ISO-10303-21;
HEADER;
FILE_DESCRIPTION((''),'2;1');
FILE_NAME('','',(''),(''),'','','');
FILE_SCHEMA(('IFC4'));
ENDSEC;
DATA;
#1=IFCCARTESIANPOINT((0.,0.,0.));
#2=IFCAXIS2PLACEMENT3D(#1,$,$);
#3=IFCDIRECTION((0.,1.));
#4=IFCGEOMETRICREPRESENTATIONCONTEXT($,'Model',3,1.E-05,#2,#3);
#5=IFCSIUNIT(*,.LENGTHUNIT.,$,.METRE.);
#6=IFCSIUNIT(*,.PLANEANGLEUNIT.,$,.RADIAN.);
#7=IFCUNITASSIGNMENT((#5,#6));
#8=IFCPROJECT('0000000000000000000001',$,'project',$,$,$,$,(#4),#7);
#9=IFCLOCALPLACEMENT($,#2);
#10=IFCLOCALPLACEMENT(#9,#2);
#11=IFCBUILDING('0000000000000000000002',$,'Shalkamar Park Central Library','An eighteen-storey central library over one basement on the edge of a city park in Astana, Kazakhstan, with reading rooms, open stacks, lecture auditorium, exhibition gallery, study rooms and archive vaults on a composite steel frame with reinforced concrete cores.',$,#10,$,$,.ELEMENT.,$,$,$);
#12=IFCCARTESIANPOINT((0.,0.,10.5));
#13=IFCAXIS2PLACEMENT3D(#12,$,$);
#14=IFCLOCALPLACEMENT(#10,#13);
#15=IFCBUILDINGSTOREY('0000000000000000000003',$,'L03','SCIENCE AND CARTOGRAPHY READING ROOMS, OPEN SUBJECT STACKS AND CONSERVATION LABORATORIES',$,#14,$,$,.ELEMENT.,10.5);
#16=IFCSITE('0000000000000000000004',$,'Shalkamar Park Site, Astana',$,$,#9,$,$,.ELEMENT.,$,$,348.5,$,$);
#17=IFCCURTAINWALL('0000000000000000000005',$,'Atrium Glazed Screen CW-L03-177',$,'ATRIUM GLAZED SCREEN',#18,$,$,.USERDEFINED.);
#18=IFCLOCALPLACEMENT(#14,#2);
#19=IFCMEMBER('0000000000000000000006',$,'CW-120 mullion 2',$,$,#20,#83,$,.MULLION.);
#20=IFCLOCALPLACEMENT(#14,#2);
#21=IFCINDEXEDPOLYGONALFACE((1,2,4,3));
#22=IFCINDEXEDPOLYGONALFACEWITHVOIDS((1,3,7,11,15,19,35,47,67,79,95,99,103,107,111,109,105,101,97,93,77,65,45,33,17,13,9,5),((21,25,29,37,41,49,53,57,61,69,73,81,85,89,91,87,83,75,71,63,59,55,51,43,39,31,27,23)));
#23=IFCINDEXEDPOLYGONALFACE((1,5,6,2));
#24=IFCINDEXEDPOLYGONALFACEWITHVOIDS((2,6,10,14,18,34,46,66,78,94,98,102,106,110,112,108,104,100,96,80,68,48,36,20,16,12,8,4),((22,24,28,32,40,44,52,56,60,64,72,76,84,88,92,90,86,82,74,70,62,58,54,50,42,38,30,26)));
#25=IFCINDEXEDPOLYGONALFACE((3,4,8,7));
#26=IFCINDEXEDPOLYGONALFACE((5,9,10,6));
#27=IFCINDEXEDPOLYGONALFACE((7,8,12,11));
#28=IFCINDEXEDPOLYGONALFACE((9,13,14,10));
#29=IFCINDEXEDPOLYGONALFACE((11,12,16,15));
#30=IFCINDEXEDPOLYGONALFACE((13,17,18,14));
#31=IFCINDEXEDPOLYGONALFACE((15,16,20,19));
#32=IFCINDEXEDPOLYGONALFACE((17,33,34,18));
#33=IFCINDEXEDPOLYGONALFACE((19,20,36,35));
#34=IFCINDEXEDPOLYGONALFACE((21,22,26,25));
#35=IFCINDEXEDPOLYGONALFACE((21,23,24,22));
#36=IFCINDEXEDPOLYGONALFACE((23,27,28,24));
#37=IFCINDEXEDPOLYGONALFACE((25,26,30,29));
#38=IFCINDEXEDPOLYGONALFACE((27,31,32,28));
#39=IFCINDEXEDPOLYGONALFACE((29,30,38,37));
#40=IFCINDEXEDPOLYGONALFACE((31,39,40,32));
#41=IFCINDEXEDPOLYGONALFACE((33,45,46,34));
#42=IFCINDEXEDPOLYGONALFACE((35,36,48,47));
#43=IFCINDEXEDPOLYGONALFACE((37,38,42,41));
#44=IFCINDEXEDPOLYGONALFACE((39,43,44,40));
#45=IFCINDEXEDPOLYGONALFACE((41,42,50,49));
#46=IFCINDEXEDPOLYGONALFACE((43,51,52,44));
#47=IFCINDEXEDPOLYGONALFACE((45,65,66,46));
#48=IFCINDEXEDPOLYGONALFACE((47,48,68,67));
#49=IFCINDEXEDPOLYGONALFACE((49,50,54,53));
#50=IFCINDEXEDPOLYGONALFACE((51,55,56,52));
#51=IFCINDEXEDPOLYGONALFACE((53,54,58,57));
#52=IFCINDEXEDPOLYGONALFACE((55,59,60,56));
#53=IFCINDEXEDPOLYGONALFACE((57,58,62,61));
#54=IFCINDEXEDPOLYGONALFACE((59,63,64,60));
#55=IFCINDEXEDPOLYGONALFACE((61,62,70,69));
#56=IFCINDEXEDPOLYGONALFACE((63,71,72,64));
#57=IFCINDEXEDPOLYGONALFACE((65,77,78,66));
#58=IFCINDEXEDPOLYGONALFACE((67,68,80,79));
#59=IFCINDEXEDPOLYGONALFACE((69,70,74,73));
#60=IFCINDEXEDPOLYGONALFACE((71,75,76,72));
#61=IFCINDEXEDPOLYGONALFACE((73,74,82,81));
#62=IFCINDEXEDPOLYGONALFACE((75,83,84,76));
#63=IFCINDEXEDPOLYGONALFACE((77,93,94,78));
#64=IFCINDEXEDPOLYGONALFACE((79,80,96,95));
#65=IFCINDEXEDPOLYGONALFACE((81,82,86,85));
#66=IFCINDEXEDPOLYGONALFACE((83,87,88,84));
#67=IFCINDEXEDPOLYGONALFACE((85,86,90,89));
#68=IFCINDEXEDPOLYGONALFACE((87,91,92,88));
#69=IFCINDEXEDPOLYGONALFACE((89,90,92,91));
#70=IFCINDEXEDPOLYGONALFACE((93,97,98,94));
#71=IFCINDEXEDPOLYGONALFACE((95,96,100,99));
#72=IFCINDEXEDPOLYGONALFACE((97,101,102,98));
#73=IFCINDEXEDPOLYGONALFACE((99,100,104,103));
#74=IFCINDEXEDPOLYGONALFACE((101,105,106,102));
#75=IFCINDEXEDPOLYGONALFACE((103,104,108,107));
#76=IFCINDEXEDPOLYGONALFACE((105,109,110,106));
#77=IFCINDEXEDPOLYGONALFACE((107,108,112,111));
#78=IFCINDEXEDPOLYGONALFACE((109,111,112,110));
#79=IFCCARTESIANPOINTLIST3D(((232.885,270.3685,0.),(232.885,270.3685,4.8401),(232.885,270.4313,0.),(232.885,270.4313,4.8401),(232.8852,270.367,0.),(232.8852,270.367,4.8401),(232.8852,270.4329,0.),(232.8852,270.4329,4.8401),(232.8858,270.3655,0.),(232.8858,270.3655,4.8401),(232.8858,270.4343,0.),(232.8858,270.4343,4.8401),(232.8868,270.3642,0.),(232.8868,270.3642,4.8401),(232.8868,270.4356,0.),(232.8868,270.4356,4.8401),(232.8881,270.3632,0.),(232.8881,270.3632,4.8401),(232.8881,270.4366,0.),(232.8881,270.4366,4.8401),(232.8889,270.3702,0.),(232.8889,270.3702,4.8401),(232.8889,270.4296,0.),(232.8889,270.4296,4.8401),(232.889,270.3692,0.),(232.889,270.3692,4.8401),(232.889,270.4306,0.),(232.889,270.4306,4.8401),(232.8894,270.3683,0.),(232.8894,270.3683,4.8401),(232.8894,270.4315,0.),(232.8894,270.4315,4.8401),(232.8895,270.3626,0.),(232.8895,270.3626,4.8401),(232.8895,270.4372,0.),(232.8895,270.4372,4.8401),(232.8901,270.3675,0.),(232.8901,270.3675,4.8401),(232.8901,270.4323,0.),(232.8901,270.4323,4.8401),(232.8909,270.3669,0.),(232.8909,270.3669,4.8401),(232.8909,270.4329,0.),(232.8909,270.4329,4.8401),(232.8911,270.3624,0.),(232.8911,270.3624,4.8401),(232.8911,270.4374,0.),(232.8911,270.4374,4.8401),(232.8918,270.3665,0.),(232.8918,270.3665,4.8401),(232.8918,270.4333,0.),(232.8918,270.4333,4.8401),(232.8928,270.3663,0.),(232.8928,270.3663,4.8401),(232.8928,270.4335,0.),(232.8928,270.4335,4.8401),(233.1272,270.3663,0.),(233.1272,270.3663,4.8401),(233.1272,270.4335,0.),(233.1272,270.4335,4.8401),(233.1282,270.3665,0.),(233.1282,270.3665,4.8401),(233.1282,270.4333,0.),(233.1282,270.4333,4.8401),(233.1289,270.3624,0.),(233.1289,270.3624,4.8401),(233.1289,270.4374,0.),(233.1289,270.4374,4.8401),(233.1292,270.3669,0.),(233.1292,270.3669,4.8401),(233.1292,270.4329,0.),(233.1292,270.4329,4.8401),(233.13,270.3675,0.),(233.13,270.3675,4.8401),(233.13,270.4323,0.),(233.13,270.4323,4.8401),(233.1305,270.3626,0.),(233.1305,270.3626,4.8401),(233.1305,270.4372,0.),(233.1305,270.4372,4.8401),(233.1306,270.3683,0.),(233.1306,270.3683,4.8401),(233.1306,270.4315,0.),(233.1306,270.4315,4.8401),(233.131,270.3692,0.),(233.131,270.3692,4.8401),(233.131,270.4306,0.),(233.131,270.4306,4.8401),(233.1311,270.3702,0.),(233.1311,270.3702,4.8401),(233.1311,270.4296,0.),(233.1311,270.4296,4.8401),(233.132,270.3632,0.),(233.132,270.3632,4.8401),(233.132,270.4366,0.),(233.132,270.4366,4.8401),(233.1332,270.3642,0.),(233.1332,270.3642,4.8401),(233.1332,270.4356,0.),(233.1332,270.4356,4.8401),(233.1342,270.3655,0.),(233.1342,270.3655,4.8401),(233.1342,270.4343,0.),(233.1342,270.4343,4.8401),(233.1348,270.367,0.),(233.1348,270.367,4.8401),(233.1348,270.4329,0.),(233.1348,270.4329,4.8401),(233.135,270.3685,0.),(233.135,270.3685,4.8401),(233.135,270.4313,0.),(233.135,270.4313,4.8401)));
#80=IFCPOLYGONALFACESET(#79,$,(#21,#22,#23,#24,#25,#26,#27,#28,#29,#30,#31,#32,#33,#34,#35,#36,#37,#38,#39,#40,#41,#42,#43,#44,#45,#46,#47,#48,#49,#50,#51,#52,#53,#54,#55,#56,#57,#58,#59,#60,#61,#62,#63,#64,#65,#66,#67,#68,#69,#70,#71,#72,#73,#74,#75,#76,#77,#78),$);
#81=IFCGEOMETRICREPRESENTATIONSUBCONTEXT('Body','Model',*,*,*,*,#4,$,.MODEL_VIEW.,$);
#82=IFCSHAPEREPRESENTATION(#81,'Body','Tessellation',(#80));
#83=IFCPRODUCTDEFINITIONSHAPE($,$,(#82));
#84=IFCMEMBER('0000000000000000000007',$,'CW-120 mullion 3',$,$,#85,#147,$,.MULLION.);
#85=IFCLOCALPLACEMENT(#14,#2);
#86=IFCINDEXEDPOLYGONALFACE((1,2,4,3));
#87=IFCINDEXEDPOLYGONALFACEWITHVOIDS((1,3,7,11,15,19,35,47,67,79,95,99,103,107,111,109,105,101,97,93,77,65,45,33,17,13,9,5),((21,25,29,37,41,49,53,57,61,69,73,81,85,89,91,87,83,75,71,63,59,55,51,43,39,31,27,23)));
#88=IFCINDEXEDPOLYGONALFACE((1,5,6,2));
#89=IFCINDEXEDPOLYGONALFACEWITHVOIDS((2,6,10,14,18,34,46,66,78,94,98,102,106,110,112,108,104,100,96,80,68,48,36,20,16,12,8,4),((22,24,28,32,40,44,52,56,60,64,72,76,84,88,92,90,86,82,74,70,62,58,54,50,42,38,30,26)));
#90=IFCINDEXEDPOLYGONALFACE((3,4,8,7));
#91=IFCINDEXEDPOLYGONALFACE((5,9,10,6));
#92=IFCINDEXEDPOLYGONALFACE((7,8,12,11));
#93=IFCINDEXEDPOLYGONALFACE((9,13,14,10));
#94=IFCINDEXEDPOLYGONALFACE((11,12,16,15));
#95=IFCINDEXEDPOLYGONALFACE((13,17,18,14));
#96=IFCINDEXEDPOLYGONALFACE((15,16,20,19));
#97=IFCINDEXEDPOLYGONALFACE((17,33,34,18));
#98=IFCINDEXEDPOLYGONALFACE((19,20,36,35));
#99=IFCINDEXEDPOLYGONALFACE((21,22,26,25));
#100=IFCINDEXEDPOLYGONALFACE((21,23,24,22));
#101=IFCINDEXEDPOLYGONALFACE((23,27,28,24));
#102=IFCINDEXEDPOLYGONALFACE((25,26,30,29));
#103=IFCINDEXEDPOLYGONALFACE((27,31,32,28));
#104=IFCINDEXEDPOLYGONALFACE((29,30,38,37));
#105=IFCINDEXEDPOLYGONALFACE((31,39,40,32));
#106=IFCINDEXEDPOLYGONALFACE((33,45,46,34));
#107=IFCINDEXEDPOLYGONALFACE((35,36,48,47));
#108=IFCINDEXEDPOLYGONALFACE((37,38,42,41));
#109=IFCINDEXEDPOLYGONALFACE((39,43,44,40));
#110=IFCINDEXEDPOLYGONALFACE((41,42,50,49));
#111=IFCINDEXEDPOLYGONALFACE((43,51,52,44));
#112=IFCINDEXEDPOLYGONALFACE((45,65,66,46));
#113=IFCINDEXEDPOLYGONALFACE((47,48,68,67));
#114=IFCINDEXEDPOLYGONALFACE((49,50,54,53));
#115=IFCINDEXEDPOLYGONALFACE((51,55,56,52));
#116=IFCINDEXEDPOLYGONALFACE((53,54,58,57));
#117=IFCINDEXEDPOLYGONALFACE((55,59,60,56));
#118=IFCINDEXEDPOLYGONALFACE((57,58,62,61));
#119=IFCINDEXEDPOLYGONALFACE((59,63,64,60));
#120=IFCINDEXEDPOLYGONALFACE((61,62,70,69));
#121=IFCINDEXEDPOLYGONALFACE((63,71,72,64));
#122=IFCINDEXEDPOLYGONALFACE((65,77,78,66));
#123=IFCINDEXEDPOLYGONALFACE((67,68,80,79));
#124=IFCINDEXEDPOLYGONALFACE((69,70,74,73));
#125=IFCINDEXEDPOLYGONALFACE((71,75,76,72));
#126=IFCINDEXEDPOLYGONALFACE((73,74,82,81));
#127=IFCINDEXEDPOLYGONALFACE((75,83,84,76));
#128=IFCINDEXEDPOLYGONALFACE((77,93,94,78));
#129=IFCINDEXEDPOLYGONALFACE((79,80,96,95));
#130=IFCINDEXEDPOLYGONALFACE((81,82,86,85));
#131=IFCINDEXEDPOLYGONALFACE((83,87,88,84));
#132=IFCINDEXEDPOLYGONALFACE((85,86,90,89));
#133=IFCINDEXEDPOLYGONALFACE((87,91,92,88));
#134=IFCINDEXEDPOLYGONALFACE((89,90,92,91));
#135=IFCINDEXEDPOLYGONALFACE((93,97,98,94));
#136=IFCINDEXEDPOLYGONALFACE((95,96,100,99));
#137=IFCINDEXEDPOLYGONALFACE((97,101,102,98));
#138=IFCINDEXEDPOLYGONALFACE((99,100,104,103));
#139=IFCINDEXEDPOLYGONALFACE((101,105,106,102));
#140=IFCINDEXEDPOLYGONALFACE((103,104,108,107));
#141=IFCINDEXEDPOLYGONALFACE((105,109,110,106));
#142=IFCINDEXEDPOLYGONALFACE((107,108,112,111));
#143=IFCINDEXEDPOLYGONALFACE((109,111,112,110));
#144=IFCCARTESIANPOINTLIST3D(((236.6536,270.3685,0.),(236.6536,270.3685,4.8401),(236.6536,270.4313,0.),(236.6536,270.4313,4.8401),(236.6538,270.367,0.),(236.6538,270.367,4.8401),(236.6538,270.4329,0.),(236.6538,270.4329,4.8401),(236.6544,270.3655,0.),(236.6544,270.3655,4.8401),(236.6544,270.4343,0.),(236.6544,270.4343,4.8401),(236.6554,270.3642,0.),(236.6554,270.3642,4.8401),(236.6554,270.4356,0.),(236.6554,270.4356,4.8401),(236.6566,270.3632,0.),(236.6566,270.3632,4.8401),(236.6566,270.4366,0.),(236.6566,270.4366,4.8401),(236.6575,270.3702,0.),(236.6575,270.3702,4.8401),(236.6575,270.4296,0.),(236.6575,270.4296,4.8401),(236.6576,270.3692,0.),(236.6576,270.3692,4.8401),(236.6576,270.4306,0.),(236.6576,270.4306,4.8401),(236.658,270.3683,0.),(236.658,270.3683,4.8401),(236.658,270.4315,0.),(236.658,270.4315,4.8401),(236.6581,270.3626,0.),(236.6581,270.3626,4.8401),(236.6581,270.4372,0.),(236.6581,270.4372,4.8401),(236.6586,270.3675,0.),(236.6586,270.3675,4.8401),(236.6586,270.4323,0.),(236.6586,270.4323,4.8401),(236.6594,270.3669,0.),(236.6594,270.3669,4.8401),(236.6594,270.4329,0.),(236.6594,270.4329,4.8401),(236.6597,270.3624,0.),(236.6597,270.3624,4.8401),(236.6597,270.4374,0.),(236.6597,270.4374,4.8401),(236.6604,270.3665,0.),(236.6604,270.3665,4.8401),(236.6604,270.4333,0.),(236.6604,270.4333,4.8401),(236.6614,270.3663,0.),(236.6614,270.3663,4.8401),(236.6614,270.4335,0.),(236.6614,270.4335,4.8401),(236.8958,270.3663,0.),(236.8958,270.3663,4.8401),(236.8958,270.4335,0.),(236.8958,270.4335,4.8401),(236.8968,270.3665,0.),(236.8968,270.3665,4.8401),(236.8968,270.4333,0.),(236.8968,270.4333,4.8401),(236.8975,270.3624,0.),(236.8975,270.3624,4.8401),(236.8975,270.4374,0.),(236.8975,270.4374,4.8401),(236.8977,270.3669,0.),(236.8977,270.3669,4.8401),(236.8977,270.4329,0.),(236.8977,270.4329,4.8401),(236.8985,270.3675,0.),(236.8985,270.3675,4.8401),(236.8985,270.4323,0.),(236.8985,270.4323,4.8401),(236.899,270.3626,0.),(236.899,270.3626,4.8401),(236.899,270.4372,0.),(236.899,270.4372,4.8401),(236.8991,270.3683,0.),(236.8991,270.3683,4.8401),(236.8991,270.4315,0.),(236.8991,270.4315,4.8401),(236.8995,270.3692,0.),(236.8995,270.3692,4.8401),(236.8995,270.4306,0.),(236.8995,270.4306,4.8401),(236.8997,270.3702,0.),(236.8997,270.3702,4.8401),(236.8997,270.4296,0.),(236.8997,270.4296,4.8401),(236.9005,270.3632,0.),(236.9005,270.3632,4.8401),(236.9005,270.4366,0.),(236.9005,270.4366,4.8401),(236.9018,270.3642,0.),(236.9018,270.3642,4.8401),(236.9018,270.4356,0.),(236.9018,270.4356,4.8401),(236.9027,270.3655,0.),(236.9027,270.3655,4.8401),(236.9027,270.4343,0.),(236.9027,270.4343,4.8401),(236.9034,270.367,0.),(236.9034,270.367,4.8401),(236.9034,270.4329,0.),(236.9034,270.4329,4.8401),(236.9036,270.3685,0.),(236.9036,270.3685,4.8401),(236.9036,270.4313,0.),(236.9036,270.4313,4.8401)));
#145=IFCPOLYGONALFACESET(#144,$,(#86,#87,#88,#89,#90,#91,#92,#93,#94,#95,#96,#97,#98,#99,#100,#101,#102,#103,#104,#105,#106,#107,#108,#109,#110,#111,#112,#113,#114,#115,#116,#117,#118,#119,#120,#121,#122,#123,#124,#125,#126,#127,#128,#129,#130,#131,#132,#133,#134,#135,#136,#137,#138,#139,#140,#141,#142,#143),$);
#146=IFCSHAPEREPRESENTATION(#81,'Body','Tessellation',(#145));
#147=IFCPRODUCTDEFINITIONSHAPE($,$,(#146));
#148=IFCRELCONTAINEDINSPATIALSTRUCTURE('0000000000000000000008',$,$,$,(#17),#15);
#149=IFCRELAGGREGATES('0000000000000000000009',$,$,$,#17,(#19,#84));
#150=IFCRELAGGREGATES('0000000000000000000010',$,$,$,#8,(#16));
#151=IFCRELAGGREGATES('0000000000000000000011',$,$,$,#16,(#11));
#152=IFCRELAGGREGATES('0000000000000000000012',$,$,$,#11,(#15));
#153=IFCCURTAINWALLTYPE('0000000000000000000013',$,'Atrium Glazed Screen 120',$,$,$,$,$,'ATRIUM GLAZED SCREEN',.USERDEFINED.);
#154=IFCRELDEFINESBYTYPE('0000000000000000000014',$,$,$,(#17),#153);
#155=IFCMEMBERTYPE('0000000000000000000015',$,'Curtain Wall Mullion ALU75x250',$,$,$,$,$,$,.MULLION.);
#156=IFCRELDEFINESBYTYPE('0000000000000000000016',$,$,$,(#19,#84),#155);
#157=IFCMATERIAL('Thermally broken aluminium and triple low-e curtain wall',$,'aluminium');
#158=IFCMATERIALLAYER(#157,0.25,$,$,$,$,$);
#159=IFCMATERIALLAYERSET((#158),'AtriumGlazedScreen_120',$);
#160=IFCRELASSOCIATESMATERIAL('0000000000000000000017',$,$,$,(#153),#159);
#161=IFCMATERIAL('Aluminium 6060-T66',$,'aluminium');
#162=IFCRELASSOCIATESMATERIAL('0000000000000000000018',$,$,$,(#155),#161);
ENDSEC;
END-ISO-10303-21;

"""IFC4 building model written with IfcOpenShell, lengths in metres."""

from ifc_helpers import new_model, si_unit, direction, frame, origin, origin_2d, place, context, subcontext, project, spatial, hollow_rectangle, extrude, material, layer, layer_set, material_profile, profile_set, type_object, element, aggregate, save


model = new_model("IFC4")

# Units and contexts
model_context = context("Model", 3, precision=1e-05, world=origin(), true_north=direction((0.0, 1.0)))
body_context = subcontext(model_context, "Body", "Model", "MODEL_VIEW")
ifc_project = project(units=[si_unit("LENGTHUNIT", "METRE"), si_unit("PLANEANGLEUNIT", "RADIAN")], contexts=[model_context])

# Site, building, storey
site_placement = place(None, origin())
site = spatial("IfcSite", under=ifc_project, at=site_placement, Name="Shalkamar Park Site, Astana", CompositionType="ELEMENT", RefElevation=348.5)
building_placement = place(site_placement, origin())
building = spatial("IfcBuilding", under=site, at=building_placement, Name="Shalkamar Park Central Library", Description="An eighteen-storey central library over one basement on the edge of a city park in Astana, Kazakhstan, with reading rooms, open stacks, lecture auditorium, exhibition gallery, study rooms and archive vaults on a composite steel frame with reinforced concrete cores.", CompositionType="ELEMENT")
storey_placement = place(building_placement, frame((0.0, 0.0, 10.5)))
storey = spatial("IfcBuildingStorey", under=building, at=storey_placement, Name="L03", Description="SCIENCE AND CARTOGRAPHY READING ROOMS, OPEN SUBJECT STACKS AND CONSERVATION LABORATORIES", CompositionType="ELEMENT", Elevation=10.5)

# Curtain wall, members
ifc_material_1 = material(Name="Thermally broken aluminium and triple low-e curtain wall", Category="aluminium")
ifc_layer_1 = layer(ifc_material_1, 0.25)
ifc_layer_set_1 = layer_set([ifc_layer_1], Name="AtriumGlazedScreen_120")
curtain_wall_type_1 = type_object("IfcCurtainWallType", Name="Atrium Glazed Screen 120", ElementType="ATRIUM GLAZED SCREEN", PredefinedType="USERDEFINED", material=ifc_layer_set_1)
curtain_wall_1_placement = place(storey_placement, origin())
curtain_wall_1 = element("IfcCurtainWall", 1, at=curtain_wall_1_placement, inside=storey, type_object=curtain_wall_type_1, Name="Atrium Glazed Screen CW-L03-177", ObjectType="ATRIUM GLAZED SCREEN", PredefinedType="USERDEFINED")
ifc_material_2 = material(Name="Aluminium 6060-T66", Category="aluminium")
ifc_material_profile_1 = material_profile(ifc_material_2, hollow_rectangle(XDim=0.075, YDim=0.25, WallThickness=0.0039, InnerFilletRadius=0.0039, OuterFilletRadius=0.0061, at=origin_2d()), Name="ALU 75x250x4")
ifc_profile_set_1 = profile_set([ifc_material_profile_1], Name="Aluminium 6060-T66")
member_type_1 = type_object("IfcMemberType", Name="Curtain Wall Mullion ALU75x250", PredefinedType="MULLION", material=ifc_profile_set_1)
member_1_placement = place(storey_placement, frame((233.01, 270.3999, 0.0), z_axis=(0.0, 0.0, 1.0), x_axis=(0.0, 1.0, 0.0)))
member_1 = element("IfcMember", 2, at=member_1_placement, type_object=member_type_1, Name="CW-120 mullion 2", PredefinedType="MULLION", context=body_context, shape_type="SweptSolid", body=[
    extrude(hollow_rectangle(XDim=0.075, YDim=0.25, WallThickness=0.0039, InnerFilletRadius=0.0039, OuterFilletRadius=0.0061, at=origin_2d()), origin(), (0.0, 0.0, 1.0), 4.8401),
])
member_2_placement = place(storey_placement, frame((236.7786, 270.3999, 0.0), z_axis=(0.0, 0.0, 1.0), x_axis=(0.0, 1.0, 0.0)))
member_2 = element("IfcMember", 3, at=member_2_placement, type_object=member_type_1, Name="CW-120 mullion 3", PredefinedType="MULLION", context=body_context, shape_type="SweptSolid", body=[
    extrude(hollow_rectangle(XDim=0.075, YDim=0.25, WallThickness=0.0039, InnerFilletRadius=0.0039, OuterFilletRadius=0.0061, at=origin_2d()), origin(), (0.0, 0.0, 1.0), 4.8401),
])

aggregate(curtain_wall_1, [member_1, member_2])

save(model, "model.ifc")
